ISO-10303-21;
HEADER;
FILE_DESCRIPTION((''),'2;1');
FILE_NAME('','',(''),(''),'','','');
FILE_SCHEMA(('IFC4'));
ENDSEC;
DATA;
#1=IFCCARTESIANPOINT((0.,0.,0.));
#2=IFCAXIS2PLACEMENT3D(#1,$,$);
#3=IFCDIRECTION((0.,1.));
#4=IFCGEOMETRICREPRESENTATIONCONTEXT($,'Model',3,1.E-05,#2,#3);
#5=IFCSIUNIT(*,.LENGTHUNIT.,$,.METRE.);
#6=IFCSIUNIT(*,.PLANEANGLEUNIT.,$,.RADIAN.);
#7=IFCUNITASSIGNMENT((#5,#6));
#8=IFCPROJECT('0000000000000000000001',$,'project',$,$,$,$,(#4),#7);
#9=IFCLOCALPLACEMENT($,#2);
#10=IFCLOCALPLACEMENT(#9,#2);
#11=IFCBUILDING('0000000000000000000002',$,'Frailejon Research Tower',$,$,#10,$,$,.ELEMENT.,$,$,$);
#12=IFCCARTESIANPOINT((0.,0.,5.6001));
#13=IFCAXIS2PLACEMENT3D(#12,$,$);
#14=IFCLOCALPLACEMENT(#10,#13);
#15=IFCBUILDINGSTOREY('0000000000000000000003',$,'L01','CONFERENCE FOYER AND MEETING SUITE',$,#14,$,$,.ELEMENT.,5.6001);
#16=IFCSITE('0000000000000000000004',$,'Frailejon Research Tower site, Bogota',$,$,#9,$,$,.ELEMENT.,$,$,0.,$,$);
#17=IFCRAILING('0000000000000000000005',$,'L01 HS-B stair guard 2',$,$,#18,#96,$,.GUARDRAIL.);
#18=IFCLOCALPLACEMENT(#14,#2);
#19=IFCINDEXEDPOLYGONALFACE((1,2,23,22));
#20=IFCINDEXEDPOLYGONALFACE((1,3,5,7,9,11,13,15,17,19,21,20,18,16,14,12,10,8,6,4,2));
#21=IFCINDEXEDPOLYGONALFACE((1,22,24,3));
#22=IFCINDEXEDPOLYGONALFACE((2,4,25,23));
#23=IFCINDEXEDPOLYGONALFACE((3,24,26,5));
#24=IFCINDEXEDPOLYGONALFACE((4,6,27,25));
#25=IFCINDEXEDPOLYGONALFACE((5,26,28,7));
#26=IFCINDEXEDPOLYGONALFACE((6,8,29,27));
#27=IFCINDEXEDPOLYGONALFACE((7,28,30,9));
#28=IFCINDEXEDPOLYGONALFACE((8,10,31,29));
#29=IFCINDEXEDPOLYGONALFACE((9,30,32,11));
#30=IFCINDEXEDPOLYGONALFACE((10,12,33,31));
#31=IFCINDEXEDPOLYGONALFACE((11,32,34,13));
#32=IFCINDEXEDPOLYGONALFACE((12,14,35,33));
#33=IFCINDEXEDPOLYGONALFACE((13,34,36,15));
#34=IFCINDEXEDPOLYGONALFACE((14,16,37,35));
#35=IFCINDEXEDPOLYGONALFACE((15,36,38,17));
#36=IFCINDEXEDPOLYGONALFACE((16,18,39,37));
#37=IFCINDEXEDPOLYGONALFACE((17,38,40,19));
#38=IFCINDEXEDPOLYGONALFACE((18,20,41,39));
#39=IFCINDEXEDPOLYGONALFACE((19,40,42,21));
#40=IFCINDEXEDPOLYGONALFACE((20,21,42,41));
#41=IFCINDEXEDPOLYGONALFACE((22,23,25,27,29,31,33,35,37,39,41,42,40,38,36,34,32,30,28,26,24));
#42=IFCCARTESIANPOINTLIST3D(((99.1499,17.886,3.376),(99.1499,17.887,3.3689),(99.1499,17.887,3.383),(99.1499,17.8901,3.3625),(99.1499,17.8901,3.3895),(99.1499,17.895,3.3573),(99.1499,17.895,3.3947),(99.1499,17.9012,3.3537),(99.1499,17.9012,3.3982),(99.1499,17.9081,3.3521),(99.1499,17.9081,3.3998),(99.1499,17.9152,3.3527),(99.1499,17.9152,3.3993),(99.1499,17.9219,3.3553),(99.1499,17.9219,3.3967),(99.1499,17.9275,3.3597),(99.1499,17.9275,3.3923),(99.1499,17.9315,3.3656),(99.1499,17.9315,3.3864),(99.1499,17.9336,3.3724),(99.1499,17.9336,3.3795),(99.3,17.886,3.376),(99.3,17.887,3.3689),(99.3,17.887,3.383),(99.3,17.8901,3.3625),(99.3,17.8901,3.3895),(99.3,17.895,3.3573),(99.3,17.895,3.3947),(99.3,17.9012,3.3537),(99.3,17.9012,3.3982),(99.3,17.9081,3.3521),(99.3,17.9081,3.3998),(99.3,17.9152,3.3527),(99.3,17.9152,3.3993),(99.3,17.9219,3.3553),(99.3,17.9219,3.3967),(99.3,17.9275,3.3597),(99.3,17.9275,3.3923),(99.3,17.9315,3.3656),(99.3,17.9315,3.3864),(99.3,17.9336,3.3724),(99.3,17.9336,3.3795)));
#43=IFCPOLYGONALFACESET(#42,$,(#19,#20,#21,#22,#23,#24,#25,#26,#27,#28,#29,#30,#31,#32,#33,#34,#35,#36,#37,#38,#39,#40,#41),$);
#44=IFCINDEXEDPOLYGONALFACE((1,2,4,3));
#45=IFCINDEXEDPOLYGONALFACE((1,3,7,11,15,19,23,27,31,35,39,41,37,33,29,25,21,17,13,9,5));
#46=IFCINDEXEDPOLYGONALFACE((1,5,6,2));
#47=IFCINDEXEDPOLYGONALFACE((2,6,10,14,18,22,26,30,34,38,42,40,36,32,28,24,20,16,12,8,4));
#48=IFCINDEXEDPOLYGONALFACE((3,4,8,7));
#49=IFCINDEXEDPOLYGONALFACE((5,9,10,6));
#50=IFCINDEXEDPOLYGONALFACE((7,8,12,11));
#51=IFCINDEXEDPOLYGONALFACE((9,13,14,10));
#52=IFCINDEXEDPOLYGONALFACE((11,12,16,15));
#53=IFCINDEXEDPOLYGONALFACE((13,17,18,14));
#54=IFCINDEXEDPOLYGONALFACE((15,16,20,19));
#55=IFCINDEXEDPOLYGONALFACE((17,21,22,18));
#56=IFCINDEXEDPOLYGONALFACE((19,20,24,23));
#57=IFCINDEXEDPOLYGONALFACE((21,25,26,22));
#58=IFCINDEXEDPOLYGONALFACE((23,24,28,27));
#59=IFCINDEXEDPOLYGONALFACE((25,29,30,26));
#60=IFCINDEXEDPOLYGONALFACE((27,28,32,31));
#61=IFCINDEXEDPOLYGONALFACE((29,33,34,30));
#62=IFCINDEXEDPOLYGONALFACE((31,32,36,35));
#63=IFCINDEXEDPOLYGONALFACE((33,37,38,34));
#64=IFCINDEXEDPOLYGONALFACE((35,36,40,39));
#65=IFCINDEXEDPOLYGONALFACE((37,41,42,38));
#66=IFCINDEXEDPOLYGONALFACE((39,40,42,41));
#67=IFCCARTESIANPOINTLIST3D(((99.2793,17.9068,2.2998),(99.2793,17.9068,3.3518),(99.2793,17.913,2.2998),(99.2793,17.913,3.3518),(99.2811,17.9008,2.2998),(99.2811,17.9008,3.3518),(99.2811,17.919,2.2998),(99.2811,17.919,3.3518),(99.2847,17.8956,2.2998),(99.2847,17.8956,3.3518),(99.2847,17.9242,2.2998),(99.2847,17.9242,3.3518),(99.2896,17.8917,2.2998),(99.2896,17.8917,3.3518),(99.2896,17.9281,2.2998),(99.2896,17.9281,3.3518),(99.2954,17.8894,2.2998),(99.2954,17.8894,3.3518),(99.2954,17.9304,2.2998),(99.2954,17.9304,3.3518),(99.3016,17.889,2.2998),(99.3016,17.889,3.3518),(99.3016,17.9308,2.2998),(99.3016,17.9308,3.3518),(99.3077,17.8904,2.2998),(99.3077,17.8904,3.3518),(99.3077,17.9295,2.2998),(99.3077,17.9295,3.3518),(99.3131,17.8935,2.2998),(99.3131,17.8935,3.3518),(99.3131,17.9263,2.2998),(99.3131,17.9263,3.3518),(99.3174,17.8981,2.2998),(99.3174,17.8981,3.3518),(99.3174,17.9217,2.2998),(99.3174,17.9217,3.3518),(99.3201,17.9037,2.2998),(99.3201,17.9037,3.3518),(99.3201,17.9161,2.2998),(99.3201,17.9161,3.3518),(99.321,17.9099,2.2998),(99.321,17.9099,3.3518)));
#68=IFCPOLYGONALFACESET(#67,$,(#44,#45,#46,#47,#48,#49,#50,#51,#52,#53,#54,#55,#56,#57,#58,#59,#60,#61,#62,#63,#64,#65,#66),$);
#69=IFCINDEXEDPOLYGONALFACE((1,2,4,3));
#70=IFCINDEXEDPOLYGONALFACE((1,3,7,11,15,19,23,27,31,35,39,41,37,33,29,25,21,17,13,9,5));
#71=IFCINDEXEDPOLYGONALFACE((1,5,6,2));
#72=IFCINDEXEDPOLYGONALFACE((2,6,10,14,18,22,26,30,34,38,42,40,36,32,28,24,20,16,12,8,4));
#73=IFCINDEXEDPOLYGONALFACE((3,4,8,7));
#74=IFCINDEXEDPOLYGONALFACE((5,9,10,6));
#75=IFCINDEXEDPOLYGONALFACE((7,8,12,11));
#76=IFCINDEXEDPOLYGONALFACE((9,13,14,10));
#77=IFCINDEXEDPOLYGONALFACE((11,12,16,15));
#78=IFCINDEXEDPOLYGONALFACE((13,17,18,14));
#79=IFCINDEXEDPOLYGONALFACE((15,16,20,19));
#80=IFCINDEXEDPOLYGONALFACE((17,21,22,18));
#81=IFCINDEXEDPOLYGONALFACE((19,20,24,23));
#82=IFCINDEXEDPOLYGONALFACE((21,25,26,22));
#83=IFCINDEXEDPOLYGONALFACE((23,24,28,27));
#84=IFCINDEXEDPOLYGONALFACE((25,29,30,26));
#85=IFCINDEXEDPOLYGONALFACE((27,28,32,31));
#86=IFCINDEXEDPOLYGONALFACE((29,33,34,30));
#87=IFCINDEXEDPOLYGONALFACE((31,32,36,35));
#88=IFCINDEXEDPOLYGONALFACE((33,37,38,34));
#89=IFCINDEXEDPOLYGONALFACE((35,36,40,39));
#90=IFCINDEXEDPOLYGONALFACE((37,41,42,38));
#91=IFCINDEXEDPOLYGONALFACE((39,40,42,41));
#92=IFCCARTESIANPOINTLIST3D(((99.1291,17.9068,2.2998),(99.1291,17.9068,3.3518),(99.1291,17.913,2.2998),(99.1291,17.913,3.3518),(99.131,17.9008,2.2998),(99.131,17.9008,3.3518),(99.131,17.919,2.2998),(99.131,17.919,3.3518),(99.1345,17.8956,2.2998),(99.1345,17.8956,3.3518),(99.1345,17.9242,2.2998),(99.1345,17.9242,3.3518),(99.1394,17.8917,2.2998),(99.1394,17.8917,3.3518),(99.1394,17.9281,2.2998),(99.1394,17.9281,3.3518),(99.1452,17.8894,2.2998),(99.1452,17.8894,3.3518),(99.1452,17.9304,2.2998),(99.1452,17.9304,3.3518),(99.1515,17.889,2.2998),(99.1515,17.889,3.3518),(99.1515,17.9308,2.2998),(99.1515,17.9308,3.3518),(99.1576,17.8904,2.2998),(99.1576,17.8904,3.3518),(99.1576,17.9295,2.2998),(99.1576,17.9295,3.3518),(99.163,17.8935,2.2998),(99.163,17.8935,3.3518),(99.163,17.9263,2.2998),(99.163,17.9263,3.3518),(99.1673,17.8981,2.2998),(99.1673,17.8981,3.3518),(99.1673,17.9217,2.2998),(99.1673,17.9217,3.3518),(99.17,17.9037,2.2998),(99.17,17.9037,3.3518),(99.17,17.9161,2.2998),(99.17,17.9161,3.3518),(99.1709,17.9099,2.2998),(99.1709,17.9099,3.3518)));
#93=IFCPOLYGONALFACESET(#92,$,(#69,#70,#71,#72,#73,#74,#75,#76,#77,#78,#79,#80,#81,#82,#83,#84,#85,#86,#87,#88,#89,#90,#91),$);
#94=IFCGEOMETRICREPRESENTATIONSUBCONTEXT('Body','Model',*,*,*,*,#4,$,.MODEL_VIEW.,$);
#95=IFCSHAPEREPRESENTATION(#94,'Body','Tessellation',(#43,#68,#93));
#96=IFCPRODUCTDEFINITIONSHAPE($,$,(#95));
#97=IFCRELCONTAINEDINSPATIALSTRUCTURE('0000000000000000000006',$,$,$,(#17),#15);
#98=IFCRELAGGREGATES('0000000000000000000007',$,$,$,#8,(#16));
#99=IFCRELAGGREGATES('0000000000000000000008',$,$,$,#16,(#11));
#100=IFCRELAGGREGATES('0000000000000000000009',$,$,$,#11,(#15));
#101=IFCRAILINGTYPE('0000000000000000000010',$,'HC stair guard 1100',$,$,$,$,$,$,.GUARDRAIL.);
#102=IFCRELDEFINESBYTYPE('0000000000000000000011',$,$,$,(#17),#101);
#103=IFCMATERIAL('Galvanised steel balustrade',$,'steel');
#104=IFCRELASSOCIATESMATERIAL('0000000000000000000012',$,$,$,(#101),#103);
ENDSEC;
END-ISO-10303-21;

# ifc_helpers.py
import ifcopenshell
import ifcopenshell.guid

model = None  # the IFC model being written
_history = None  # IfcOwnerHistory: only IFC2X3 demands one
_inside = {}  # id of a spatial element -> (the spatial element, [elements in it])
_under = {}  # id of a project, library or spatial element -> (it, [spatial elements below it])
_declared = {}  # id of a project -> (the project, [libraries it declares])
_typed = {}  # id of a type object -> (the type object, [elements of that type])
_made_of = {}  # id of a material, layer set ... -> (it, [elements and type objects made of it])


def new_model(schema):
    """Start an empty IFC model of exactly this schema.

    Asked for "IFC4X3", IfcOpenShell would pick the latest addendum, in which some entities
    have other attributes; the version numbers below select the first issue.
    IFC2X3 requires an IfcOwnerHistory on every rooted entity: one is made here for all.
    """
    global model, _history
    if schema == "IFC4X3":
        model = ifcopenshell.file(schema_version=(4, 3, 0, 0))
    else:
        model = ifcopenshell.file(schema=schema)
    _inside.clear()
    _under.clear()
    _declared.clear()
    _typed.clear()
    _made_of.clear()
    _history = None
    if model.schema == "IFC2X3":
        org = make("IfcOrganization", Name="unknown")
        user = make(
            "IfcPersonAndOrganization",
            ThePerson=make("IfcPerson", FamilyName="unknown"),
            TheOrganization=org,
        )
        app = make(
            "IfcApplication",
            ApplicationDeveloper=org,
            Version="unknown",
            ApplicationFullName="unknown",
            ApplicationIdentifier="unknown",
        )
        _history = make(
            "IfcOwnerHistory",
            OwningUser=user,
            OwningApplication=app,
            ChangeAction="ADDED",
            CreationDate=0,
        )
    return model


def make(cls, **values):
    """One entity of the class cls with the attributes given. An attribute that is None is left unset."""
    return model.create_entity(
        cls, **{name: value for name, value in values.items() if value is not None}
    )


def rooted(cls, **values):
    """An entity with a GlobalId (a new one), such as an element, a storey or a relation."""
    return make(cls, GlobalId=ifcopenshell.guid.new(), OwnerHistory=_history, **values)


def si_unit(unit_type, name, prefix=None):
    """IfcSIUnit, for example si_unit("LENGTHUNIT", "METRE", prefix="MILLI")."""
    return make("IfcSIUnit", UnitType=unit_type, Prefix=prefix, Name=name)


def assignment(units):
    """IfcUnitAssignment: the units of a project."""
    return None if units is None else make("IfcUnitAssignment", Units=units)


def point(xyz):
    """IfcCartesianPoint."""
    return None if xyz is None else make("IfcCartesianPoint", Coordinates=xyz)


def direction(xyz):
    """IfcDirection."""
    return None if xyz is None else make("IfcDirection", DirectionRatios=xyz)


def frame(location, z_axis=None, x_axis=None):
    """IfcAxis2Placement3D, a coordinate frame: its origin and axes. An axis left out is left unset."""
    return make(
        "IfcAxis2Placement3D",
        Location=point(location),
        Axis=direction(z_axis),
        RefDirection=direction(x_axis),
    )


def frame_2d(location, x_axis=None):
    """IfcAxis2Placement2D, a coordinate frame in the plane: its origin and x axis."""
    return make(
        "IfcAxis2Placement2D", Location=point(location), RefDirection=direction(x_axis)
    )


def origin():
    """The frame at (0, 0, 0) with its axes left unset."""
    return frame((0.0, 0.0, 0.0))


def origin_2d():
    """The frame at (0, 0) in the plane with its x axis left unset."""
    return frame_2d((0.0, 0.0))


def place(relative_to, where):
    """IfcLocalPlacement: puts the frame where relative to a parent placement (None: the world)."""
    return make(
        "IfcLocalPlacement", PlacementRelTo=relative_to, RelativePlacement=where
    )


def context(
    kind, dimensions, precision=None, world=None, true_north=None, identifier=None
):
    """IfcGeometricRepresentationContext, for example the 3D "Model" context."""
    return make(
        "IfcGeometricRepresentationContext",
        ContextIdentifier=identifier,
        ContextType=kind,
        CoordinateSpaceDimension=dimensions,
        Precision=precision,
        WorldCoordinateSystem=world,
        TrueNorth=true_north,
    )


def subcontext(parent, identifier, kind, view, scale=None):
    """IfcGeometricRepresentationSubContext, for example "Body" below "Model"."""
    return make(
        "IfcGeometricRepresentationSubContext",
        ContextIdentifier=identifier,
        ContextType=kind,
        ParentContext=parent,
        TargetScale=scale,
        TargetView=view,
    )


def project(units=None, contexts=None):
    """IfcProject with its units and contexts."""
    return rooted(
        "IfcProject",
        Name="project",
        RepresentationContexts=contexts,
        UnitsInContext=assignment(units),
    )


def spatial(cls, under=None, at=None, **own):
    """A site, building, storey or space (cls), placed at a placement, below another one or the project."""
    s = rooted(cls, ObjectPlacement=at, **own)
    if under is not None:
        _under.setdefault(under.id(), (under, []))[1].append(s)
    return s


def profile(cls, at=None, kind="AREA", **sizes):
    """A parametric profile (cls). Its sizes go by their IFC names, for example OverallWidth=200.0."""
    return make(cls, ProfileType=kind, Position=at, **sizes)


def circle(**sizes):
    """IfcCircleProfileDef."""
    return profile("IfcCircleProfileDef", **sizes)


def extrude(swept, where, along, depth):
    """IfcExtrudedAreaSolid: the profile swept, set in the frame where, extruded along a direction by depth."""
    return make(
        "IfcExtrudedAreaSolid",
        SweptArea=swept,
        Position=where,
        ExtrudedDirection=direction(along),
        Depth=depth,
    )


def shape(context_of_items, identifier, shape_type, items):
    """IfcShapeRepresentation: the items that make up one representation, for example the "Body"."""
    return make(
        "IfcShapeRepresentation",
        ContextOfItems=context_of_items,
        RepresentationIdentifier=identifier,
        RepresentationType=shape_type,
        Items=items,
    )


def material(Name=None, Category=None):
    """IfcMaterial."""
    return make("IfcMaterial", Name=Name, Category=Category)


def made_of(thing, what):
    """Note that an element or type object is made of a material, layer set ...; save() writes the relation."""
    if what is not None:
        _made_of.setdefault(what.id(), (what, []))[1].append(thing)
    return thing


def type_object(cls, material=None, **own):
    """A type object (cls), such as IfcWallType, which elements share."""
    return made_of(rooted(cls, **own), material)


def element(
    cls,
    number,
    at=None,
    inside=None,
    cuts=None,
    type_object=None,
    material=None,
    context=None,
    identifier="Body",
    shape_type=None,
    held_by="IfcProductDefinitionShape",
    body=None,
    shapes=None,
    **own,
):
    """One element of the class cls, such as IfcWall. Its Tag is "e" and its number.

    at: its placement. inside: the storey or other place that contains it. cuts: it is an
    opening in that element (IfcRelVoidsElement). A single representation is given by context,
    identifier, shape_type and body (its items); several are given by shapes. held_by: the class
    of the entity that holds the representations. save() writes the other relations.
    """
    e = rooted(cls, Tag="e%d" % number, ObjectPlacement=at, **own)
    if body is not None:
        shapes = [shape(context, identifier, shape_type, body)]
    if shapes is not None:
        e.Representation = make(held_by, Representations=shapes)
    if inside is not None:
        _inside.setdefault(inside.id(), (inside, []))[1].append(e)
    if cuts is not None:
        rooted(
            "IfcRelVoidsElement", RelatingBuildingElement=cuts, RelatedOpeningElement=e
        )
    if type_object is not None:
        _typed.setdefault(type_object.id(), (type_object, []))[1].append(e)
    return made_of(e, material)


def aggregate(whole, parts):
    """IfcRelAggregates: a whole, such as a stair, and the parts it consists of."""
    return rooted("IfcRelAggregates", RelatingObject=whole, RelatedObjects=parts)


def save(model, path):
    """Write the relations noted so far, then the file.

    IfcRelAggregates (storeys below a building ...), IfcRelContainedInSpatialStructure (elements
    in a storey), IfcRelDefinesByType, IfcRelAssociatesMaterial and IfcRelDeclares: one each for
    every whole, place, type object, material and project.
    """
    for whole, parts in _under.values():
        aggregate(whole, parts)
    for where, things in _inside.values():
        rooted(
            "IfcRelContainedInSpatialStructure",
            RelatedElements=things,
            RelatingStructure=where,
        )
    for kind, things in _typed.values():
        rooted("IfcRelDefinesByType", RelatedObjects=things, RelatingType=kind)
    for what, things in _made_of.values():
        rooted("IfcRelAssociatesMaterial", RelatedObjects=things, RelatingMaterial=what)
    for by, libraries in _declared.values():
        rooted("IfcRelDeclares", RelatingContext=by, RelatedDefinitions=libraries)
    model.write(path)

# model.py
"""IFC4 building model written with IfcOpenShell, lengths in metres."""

from ifc_helpers import new_model, si_unit, direction, frame, origin, origin_2d, place, context, subcontext, project, spatial, circle, extrude, material, type_object, element, save


model = new_model("IFC4")

# Units and contexts
model_context = context("Model", 3, precision=1e-05, world=origin(), true_north=direction((0.0, 1.0)))
body_context = subcontext(model_context, "Body", "Model", "MODEL_VIEW")
ifc_project = project(units=[si_unit("LENGTHUNIT", "METRE"), si_unit("PLANEANGLEUNIT", "RADIAN")], contexts=[model_context])

# Site, building, storey
site_placement = place(None, origin())
site = spatial("IfcSite", under=ifc_project, at=site_placement, Name="Frailejon Research Tower site, Bogota", CompositionType="ELEMENT", RefElevation=0.0)
building_placement = place(site_placement, origin())
building = spatial("IfcBuilding", under=site, at=building_placement, Name="Frailejon Research Tower", CompositionType="ELEMENT")
storey_placement = place(building_placement, frame((0.0, 0.0, 5.6001)))
storey = spatial("IfcBuildingStorey", under=building, at=storey_placement, Name="L01", Description="CONFERENCE FOYER AND MEETING SUITE", CompositionType="ELEMENT", Elevation=5.6001)

# Railing
ifc_material_1 = material(Name="Galvanised steel balustrade", Category="steel")
railing_type_1 = type_object("IfcRailingType", Name="HC stair guard 1100", PredefinedType="GUARDRAIL", material=ifc_material_1)
railing_1_placement = place(storey_placement, frame((99.3, 17.9099, 2.2998)))
element("IfcRailing", 1, at=railing_1_placement, inside=storey, type_object=railing_type_1, Name="L01 HS-B stair guard 2", PredefinedType="GUARDRAIL", context=body_context, shape_type="SweptSolid", body=[
    extrude(circle(Radius=0.0239, at=origin_2d()), frame((0.0, 0.0, 1.0762), z_axis=(-1.0, 0.0, 0.0), x_axis=(0.0, -1.0, 0.0)), (0.0, 0.0, 1.0), 0.1501),
    extrude(circle(Radius=0.021, at=origin_2d()), origin(), (0.0, 0.0, 1.0), 1.052),
    extrude(circle(Radius=0.021, at=origin_2d()), frame((-0.1501, 0.0, 0.0)), (0.0, 0.0, 1.0), 1.052),
])

save(model, "model.ifc")
